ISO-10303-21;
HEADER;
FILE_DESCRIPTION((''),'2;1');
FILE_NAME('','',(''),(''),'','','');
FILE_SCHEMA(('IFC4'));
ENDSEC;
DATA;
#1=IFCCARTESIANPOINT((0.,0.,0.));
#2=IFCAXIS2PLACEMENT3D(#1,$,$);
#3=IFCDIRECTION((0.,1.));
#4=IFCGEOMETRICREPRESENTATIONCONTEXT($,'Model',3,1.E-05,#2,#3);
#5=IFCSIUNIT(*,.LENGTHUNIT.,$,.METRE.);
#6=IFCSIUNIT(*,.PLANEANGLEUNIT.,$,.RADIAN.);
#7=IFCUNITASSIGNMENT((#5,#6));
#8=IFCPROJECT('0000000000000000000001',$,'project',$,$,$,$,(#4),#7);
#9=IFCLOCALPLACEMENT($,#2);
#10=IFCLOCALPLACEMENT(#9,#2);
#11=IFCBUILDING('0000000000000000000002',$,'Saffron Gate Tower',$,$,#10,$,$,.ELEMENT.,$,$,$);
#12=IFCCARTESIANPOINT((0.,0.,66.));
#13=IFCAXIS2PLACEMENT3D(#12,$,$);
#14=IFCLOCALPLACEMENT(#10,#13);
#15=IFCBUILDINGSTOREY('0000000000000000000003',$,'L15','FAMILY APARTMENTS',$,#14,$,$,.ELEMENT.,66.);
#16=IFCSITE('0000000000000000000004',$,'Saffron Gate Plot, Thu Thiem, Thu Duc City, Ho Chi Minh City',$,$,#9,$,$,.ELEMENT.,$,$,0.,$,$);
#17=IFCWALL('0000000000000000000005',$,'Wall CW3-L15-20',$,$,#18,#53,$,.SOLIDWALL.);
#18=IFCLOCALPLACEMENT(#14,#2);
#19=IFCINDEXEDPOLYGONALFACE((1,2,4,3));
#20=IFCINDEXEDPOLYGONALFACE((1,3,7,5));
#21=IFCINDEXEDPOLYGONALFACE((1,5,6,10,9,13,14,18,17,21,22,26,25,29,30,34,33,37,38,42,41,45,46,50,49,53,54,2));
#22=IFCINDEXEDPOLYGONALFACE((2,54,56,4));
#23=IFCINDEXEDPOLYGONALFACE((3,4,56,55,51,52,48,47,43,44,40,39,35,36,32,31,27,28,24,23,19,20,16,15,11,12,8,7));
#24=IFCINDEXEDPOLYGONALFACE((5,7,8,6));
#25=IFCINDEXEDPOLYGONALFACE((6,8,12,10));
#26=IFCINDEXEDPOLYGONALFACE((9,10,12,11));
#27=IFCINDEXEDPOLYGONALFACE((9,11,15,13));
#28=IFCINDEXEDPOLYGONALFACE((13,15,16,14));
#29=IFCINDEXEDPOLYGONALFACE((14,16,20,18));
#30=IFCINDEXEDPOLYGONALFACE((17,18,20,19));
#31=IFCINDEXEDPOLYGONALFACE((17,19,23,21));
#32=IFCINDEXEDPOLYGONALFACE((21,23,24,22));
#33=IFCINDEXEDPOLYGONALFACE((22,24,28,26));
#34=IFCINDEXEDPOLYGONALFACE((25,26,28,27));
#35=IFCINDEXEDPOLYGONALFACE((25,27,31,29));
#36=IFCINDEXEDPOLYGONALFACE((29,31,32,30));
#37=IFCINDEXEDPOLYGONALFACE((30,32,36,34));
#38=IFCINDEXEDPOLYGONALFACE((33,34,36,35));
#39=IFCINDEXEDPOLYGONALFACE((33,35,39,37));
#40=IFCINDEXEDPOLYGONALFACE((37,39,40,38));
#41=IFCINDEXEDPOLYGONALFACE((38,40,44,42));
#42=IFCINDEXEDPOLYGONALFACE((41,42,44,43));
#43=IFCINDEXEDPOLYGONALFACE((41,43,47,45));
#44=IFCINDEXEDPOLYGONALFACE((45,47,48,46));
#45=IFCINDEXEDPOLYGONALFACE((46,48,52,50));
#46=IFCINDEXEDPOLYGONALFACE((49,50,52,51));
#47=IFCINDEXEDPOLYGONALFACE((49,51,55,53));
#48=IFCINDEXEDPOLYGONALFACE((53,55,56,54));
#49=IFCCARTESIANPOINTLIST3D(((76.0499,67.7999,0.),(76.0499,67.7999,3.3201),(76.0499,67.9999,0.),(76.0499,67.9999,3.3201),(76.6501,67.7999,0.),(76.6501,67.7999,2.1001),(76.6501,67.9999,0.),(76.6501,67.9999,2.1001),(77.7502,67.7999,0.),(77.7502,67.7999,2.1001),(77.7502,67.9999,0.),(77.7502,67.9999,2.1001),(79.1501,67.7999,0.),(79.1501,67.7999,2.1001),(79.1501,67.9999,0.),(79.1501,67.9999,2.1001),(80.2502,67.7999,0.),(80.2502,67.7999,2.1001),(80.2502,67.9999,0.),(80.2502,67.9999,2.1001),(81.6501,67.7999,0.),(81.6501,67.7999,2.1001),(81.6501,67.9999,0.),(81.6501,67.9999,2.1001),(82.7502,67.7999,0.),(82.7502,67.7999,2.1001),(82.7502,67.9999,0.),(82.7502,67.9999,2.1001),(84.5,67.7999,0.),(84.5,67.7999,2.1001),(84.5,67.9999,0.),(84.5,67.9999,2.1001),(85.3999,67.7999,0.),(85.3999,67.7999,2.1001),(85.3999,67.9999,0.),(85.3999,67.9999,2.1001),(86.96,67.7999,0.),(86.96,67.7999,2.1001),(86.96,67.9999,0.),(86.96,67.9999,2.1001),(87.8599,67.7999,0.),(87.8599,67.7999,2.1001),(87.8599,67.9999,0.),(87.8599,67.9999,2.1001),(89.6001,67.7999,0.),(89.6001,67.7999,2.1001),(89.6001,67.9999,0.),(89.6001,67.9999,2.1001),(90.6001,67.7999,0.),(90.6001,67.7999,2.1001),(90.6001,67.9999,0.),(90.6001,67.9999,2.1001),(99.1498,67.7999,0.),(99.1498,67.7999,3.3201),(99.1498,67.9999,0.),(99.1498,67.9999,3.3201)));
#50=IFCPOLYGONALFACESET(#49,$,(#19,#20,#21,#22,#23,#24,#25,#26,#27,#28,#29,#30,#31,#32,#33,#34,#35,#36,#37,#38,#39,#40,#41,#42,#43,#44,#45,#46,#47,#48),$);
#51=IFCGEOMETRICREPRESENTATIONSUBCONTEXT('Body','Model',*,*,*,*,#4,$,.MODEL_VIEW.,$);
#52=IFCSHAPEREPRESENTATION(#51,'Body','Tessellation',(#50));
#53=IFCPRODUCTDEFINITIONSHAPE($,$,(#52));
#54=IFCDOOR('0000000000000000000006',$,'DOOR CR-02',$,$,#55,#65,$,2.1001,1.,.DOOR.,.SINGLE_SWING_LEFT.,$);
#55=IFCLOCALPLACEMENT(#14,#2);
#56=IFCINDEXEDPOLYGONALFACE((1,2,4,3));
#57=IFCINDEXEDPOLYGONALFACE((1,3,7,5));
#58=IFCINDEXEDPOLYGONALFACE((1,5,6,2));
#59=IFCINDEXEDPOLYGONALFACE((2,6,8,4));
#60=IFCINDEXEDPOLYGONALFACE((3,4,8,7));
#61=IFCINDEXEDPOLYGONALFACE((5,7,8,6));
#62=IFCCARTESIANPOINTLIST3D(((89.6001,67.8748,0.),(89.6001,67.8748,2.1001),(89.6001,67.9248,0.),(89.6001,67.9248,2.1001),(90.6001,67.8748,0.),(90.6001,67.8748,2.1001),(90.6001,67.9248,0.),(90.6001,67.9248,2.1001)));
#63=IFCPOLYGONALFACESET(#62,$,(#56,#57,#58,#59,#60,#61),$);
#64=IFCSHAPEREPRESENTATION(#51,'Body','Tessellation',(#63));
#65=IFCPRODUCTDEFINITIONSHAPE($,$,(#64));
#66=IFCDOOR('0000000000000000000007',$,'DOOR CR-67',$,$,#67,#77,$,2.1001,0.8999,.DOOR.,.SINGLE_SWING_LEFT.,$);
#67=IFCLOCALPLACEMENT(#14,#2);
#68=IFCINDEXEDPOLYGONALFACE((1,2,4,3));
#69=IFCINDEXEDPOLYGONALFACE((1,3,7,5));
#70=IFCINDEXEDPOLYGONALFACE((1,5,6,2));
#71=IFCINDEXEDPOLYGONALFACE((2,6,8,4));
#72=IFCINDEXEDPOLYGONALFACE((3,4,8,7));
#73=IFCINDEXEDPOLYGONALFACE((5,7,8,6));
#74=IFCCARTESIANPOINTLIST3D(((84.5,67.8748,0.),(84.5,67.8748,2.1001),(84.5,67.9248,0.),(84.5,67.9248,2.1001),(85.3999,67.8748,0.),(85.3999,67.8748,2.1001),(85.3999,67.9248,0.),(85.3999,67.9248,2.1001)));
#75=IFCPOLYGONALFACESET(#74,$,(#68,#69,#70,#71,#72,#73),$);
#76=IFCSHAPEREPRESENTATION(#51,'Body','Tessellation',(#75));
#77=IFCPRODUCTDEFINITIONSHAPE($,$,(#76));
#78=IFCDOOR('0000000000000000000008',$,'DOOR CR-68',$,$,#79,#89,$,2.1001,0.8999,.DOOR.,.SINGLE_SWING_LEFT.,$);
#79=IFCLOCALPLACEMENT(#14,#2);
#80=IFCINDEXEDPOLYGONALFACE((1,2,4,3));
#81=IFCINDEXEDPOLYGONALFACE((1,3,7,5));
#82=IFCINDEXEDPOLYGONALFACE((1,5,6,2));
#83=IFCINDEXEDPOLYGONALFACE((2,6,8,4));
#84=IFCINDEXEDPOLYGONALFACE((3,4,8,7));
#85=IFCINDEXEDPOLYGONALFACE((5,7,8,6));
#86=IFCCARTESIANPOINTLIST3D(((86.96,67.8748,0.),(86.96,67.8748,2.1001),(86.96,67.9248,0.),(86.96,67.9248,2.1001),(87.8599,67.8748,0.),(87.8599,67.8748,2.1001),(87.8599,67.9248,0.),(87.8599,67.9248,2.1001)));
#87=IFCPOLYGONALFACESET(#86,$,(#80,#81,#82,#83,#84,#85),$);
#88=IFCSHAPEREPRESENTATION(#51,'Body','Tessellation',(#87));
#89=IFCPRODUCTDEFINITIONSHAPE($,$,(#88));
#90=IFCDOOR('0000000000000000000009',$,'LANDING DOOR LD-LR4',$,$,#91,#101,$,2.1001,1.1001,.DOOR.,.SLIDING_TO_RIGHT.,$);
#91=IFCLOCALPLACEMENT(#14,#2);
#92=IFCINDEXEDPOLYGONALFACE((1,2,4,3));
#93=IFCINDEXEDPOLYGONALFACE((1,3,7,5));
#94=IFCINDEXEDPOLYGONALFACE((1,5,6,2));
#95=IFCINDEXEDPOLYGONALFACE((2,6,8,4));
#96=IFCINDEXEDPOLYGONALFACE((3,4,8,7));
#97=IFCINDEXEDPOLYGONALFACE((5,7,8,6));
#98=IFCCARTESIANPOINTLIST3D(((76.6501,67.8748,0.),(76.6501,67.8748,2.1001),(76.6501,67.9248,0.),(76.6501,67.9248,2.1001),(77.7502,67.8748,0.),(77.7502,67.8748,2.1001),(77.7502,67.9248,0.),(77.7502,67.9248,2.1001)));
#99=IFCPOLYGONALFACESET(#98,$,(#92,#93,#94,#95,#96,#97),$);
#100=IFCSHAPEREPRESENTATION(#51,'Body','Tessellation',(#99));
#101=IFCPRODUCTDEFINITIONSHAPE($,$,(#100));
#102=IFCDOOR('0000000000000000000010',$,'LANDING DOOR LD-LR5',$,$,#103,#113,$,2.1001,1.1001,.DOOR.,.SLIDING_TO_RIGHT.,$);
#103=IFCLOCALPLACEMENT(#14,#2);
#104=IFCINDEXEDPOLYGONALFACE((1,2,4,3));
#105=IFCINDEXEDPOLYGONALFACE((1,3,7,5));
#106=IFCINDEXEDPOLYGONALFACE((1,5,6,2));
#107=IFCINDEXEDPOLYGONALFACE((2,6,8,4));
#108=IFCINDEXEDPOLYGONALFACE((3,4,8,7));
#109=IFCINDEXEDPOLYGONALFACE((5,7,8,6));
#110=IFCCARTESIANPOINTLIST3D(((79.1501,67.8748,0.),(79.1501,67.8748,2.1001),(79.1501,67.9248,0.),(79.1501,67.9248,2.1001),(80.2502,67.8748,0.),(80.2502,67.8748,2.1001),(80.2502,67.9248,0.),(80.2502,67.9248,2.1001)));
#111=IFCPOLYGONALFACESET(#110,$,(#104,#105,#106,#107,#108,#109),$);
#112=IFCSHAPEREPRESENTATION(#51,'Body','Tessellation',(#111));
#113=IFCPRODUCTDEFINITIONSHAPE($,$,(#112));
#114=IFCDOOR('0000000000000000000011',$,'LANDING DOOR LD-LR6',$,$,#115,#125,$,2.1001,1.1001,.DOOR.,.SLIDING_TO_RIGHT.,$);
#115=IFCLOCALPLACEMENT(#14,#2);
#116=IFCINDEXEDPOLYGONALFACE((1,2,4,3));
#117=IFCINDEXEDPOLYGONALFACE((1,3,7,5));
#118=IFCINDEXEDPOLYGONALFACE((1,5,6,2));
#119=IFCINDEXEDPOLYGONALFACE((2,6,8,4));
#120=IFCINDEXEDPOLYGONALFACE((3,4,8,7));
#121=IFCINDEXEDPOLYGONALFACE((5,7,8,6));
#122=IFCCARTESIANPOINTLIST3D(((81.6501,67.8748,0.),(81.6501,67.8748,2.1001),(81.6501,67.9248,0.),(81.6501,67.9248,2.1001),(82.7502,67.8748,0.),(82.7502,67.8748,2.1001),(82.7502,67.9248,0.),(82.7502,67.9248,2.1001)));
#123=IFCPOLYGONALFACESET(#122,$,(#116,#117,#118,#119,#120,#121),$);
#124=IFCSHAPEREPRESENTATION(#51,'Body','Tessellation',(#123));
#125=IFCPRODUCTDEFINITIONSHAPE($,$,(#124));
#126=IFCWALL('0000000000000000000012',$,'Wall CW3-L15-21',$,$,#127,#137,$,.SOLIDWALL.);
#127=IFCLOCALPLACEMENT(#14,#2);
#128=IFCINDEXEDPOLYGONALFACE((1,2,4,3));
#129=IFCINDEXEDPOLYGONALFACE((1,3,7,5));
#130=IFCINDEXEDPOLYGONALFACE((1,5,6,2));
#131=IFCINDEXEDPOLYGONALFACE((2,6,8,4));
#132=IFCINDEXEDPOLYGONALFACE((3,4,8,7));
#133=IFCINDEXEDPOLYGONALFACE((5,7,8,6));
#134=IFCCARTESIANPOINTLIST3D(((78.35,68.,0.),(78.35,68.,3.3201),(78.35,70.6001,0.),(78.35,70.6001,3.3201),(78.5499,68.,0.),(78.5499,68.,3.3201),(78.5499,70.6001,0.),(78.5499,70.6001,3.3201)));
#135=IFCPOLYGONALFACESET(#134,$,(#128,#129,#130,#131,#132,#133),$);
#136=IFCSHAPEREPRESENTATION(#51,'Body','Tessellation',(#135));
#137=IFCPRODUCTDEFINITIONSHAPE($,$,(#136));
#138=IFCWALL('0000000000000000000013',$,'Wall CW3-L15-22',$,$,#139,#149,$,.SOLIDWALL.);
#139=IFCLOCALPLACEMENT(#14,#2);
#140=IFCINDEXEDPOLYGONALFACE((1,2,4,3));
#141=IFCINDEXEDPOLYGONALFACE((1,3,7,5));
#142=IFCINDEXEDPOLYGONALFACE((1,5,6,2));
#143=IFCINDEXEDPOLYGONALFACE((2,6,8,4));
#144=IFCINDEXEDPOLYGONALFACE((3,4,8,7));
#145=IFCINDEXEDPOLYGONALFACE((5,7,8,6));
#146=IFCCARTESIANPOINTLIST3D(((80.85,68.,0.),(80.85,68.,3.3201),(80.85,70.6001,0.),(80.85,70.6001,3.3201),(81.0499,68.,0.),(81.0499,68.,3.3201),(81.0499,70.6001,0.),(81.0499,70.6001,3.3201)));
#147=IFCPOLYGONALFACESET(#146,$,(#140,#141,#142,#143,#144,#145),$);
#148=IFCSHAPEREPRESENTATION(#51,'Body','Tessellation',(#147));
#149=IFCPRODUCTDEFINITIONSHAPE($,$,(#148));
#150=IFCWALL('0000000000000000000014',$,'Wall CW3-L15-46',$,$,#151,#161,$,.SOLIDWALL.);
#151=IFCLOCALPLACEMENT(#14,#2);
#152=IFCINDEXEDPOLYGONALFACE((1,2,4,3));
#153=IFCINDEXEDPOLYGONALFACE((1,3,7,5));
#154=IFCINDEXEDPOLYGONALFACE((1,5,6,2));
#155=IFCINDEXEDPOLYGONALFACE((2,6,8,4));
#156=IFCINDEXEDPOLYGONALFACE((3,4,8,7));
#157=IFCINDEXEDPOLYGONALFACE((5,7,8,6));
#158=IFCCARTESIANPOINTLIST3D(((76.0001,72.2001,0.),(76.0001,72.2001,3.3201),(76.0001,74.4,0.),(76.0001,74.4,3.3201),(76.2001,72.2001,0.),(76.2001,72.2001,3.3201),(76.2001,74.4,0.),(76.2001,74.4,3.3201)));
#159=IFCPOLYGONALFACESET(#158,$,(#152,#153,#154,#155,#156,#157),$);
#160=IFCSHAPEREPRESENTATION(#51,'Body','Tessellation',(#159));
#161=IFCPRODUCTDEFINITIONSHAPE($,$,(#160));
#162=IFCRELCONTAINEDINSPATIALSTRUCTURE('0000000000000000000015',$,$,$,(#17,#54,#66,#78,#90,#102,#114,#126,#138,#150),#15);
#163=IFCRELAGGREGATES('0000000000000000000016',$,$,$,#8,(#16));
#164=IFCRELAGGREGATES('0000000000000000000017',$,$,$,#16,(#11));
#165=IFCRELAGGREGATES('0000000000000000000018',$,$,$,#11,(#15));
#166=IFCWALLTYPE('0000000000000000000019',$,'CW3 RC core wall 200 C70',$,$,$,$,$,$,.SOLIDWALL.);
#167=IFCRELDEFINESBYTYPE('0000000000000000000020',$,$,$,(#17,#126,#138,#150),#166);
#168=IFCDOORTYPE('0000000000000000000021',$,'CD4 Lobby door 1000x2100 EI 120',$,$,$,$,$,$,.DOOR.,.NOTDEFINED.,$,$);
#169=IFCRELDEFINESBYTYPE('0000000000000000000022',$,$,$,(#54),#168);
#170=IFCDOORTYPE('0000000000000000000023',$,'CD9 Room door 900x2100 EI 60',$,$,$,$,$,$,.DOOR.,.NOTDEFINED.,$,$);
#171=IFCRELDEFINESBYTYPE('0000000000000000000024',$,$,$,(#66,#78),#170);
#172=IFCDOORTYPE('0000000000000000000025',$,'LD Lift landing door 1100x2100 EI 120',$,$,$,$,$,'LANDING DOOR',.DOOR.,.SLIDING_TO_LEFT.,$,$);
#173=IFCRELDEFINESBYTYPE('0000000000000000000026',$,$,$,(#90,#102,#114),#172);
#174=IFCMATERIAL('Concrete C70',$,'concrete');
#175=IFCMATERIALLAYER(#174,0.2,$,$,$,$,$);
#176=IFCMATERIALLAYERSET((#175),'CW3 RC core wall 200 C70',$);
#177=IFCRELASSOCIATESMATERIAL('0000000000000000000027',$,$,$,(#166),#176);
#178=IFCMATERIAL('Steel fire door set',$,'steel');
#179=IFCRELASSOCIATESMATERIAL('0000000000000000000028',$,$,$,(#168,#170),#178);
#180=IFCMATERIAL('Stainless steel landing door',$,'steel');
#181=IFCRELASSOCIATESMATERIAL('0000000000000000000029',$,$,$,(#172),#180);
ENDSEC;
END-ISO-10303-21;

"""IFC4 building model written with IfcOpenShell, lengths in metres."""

from ifc_helpers import new_model, si_unit, direction, frame, frame_2d, origin, place, context, subcontext, project, spatial, rectangle, extrude, material, layer, layer_set, type_object, element, fill, save


model = new_model("IFC4")

# Units and contexts
model_context = context("Model", 3, precision=1e-05, world=origin(), true_north=direction((0.0, 1.0)))
body_context = subcontext(model_context, "Body", "Model", "MODEL_VIEW")
ifc_project = project(units=[si_unit("LENGTHUNIT", "METRE"), si_unit("PLANEANGLEUNIT", "RADIAN")], contexts=[model_context])

# Site, building, storey
site_placement = place(None, origin())
site = spatial("IfcSite", under=ifc_project, at=site_placement, Name="Saffron Gate Plot, Thu Thiem, Thu Duc City, Ho Chi Minh City", CompositionType="ELEMENT", RefElevation=0.0)
building_placement = place(site_placement, origin())
building = spatial("IfcBuilding", under=site, at=building_placement, Name="Saffron Gate Tower", CompositionType="ELEMENT")
storey_placement = place(building_placement, frame((0.0, 0.0, 66.0)))
storey = spatial("IfcBuildingStorey", under=building, at=storey_placement, Name="L15", Description="FAMILY APARTMENTS", CompositionType="ELEMENT", Elevation=66.0)

# Shared definitions
ifc_material_1 = material(Name="Concrete C70", Category="concrete")
ifc_layer_1 = layer(ifc_material_1, 0.2)
ifc_layer_set_1 = layer_set([ifc_layer_1], Name="CW3 RC core wall 200 C70")
wall_type_1 = type_object("IfcWallType", Name="CW3 RC core wall 200 C70", PredefinedType="SOLIDWALL", material=ifc_layer_set_1)

# Wall, openings, doors
wall_1_placement = place(storey_placement, frame((76.05, 67.8999, 0.0), z_axis=(0.0, 0.0, 1.0), x_axis=(1.0, 0.0, 0.0)))
wall_1 = element("IfcWall", 1, at=wall_1_placement, inside=storey, type_object=wall_type_1, Name="Wall CW3-L15-20", PredefinedType="SOLIDWALL", context=body_context, shape_type="SweptSolid", body=[
    extrude(rectangle(XDim=23.0999, YDim=0.2, at=frame_2d((11.5498, 0.0))), origin(), (0.0, 0.0, 1.0), 3.3201),
])
opening_1_placement = place(wall_1_placement, frame((0.6001, 0.0, 0.0)))
opening_1 = element("IfcOpeningElement", 2, at=opening_1_placement, cuts=wall_1, PredefinedType="OPENING", context=body_context, shape_type="SweptSolid", body=[
    extrude(rectangle(XDim=1.1001, YDim=2.1001, at=frame_2d((0.55, 1.05))), frame((0.0, 0.1099, 0.0), z_axis=(0.0, -1.0, 0.0), x_axis=(1.0, 0.0, 0.0)), (0.0, 0.0, 1.0), 0.22),
])
opening_2_placement = place(wall_1_placement, frame((3.1001, 0.0, 0.0)))
opening_2 = element("IfcOpeningElement", 3, at=opening_2_placement, cuts=wall_1, PredefinedType="OPENING", context=body_context, shape_type="SweptSolid", body=[
    extrude(rectangle(XDim=1.1001, YDim=2.1001, at=frame_2d((0.55, 1.05))), frame((0.0, 0.1099, 0.0), z_axis=(0.0, -1.0, 0.0), x_axis=(1.0, 0.0, 0.0)), (0.0, 0.0, 1.0), 0.22),
])
opening_3_placement = place(wall_1_placement, frame((5.6001, 0.0, 0.0)))
opening_3 = element("IfcOpeningElement", 4, at=opening_3_placement, cuts=wall_1, PredefinedType="OPENING", context=body_context, shape_type="SweptSolid", body=[
    extrude(rectangle(XDim=1.1001, YDim=2.1001, at=frame_2d((0.55, 1.05))), frame((0.0, 0.1099, 0.0), z_axis=(0.0, -1.0, 0.0), x_axis=(1.0, 0.0, 0.0)), (0.0, 0.0, 1.0), 0.22),
])
opening_4_placement = place(wall_1_placement, frame((8.45, 0.0, 0.0)))
opening_4 = element("IfcOpeningElement", 5, at=opening_4_placement, cuts=wall_1, PredefinedType="OPENING", context=body_context, shape_type="SweptSolid", body=[
    extrude(rectangle(XDim=0.8999, YDim=2.1001, at=frame_2d((0.45, 1.05))), frame((0.0, 0.1099, 0.0), z_axis=(0.0, -1.0, 0.0), x_axis=(1.0, 0.0, 0.0)), (0.0, 0.0, 1.0), 0.22),
])
opening_5_placement = place(wall_1_placement, frame((10.9099, 0.0, 0.0)))
opening_5 = element("IfcOpeningElement", 6, at=opening_5_placement, cuts=wall_1, PredefinedType="OPENING", context=body_context, shape_type="SweptSolid", body=[
    extrude(rectangle(XDim=0.8999, YDim=2.1001, at=frame_2d((0.45, 1.05))), frame((0.0, 0.1099, 0.0), z_axis=(0.0, -1.0, 0.0), x_axis=(1.0, 0.0, 0.0)), (0.0, 0.0, 1.0), 0.22),
])
opening_6_placement = place(wall_1_placement, frame((13.55, 0.0, 0.0)))
opening_6 = element("IfcOpeningElement", 7, at=opening_6_placement, cuts=wall_1, PredefinedType="OPENING", context=body_context, shape_type="SweptSolid", body=[
    extrude(rectangle(XDim=1.0, YDim=2.1001, at=frame_2d((0.5, 1.05))), frame((0.0, 0.1099, 0.0), z_axis=(0.0, -1.0, 0.0), x_axis=(1.0, 0.0, 0.0)), (0.0, 0.0, 1.0), 0.22),
])
ifc_material_2 = material(Name="Steel fire door set", Category="steel")
door_type_1 = type_object("IfcDoorType", Name="CD4 Lobby door 1000x2100 EI 120", OperationType="NOTDEFINED", PredefinedType="DOOR", material=ifc_material_2)
door_1_placement = place(opening_6_placement, origin())
door_1 = element("IfcDoor", 8, at=door_1_placement, inside=storey, type_object=door_type_1, Name="DOOR CR-02", OperationType="SINGLE_SWING_LEFT", OverallHeight=2.1001, OverallWidth=1.0, PredefinedType="DOOR", context=body_context, shape_type="SweptSolid", body=[
    extrude(rectangle(XDim=1.0, YDim=2.1001, at=frame_2d((0.5, 1.05))), frame((0.0, 0.0249, 0.0), z_axis=(0.0, -1.0, 0.0), x_axis=(1.0, 0.0, 0.0)), (0.0, 0.0, 1.0), 0.05),
])
fill(opening_6, door_1)
door_type_2 = type_object("IfcDoorType", Name="CD9 Room door 900x2100 EI 60", OperationType="NOTDEFINED", PredefinedType="DOOR", material=ifc_material_2)
door_2_placement = place(opening_4_placement, origin())
door_2 = element("IfcDoor", 9, at=door_2_placement, inside=storey, type_object=door_type_2, Name="DOOR CR-67", OperationType="SINGLE_SWING_LEFT", OverallHeight=2.1001, OverallWidth=0.8999, PredefinedType="DOOR", context=body_context, shape_type="SweptSolid", body=[
    extrude(rectangle(XDim=0.8999, YDim=2.1001, at=frame_2d((0.45, 1.05))), frame((0.0, 0.0249, 0.0), z_axis=(0.0, -1.0, 0.0), x_axis=(1.0, 0.0, 0.0)), (0.0, 0.0, 1.0), 0.05),
])
fill(opening_4, door_2)
door_3_placement = place(opening_5_placement, origin())
door_3 = element("IfcDoor", 10, at=door_3_placement, inside=storey, type_object=door_type_2, Name="DOOR CR-68", OperationType="SINGLE_SWING_LEFT", OverallHeight=2.1001, OverallWidth=0.8999, PredefinedType="DOOR", context=body_context, shape_type="SweptSolid", body=[
    extrude(rectangle(XDim=0.8999, YDim=2.1001, at=frame_2d((0.45, 1.05))), frame((0.0, 0.0249, 0.0), z_axis=(0.0, -1.0, 0.0), x_axis=(1.0, 0.0, 0.0)), (0.0, 0.0, 1.0), 0.05),
])
fill(opening_5, door_3)
ifc_material_3 = material(Name="Stainless steel landing door", Category="steel")
door_type_3 = type_object("IfcDoorType", Name="LD Lift landing door 1100x2100 EI 120", ElementType="LANDING DOOR", OperationType="SLIDING_TO_LEFT", PredefinedType="DOOR", material=ifc_material_3)
door_4_placement = place(opening_1_placement, origin())
door_4 = element("IfcDoor", 11, at=door_4_placement, inside=storey, type_object=door_type_3, Name="LANDING DOOR LD-LR4", OperationType="SLIDING_TO_RIGHT", OverallHeight=2.1001, OverallWidth=1.1001, PredefinedType="DOOR", context=body_context, shape_type="SweptSolid", body=[
    extrude(rectangle(XDim=1.1001, YDim=2.1001, at=frame_2d((0.55, 1.05))), frame((0.0, 0.0249, 0.0), z_axis=(0.0, -1.0, 0.0), x_axis=(1.0, 0.0, 0.0)), (0.0, 0.0, 1.0), 0.05),
])
fill(opening_1, door_4)
door_5_placement = place(opening_2_placement, origin())
door_5 = element("IfcDoor", 12, at=door_5_placement, inside=storey, type_object=door_type_3, Name="LANDING DOOR LD-LR5", OperationType="SLIDING_TO_RIGHT", OverallHeight=2.1001, OverallWidth=1.1001, PredefinedType="DOOR", context=body_context, shape_type="SweptSolid", body=[
    extrude(rectangle(XDim=1.1001, YDim=2.1001, at=frame_2d((0.55, 1.05))), frame((0.0, 0.0249, 0.0), z_axis=(0.0, -1.0, 0.0), x_axis=(1.0, 0.0, 0.0)), (0.0, 0.0, 1.0), 0.05),
])
fill(opening_2, door_5)
door_6_placement = place(opening_3_placement, origin())
door_6 = element("IfcDoor", 13, at=door_6_placement, inside=storey, type_object=door_type_3, Name="LANDING DOOR LD-LR6", OperationType="SLIDING_TO_RIGHT", OverallHeight=2.1001, OverallWidth=1.1001, PredefinedType="DOOR", context=body_context, shape_type="SweptSolid", body=[
    extrude(rectangle(XDim=1.1001, YDim=2.1001, at=frame_2d((0.55, 1.05))), frame((0.0, 0.0249, 0.0), z_axis=(0.0, -1.0, 0.0), x_axis=(1.0, 0.0, 0.0)), (0.0, 0.0, 1.0), 0.05),
])
fill(opening_3, door_6)

# Walls
for number, where, z_axis, x_axis, name in (
    (14, (78.45, 68.0, 0.0), (0.0, 0.0, 1.0), (0.0, 1.0, 0.0), "Wall CW3-L15-21"),
    (15, (80.95, 68.0, 0.0), (0.0, 0.0, 1.0), (0.0, 1.0, 0.0), "Wall CW3-L15-22"),
):
    element("IfcWall", number, at=place(storey_placement, frame(where, z_axis=z_axis, x_axis=x_axis)), inside=storey, type_object=wall_type_1, Name=name, PredefinedType="SOLIDWALL", context=body_context, shape_type="SweptSolid", body=[
        extrude(rectangle(XDim=2.6001, YDim=0.2, at=frame_2d((1.3, 0.0))), origin(), (0.0, 0.0, 1.0), 3.3201),
    ])
wall_2_placement = place(storey_placement, frame((76.1001, 72.2, 0.0), z_axis=(0.0, 0.0, 1.0), x_axis=(0.0, 1.0, 0.0)))
element("IfcWall", 16, at=wall_2_placement, inside=storey, type_object=wall_type_1, Name="Wall CW3-L15-46", PredefinedType="SOLIDWALL", context=body_context, shape_type="SweptSolid", body=[
    extrude(rectangle(XDim=2.2, YDim=0.2, at=frame_2d((1.1001, 0.0))), origin(), (0.0, 0.0, 1.0), 3.3201),
])

save(model, "model.ifc")
